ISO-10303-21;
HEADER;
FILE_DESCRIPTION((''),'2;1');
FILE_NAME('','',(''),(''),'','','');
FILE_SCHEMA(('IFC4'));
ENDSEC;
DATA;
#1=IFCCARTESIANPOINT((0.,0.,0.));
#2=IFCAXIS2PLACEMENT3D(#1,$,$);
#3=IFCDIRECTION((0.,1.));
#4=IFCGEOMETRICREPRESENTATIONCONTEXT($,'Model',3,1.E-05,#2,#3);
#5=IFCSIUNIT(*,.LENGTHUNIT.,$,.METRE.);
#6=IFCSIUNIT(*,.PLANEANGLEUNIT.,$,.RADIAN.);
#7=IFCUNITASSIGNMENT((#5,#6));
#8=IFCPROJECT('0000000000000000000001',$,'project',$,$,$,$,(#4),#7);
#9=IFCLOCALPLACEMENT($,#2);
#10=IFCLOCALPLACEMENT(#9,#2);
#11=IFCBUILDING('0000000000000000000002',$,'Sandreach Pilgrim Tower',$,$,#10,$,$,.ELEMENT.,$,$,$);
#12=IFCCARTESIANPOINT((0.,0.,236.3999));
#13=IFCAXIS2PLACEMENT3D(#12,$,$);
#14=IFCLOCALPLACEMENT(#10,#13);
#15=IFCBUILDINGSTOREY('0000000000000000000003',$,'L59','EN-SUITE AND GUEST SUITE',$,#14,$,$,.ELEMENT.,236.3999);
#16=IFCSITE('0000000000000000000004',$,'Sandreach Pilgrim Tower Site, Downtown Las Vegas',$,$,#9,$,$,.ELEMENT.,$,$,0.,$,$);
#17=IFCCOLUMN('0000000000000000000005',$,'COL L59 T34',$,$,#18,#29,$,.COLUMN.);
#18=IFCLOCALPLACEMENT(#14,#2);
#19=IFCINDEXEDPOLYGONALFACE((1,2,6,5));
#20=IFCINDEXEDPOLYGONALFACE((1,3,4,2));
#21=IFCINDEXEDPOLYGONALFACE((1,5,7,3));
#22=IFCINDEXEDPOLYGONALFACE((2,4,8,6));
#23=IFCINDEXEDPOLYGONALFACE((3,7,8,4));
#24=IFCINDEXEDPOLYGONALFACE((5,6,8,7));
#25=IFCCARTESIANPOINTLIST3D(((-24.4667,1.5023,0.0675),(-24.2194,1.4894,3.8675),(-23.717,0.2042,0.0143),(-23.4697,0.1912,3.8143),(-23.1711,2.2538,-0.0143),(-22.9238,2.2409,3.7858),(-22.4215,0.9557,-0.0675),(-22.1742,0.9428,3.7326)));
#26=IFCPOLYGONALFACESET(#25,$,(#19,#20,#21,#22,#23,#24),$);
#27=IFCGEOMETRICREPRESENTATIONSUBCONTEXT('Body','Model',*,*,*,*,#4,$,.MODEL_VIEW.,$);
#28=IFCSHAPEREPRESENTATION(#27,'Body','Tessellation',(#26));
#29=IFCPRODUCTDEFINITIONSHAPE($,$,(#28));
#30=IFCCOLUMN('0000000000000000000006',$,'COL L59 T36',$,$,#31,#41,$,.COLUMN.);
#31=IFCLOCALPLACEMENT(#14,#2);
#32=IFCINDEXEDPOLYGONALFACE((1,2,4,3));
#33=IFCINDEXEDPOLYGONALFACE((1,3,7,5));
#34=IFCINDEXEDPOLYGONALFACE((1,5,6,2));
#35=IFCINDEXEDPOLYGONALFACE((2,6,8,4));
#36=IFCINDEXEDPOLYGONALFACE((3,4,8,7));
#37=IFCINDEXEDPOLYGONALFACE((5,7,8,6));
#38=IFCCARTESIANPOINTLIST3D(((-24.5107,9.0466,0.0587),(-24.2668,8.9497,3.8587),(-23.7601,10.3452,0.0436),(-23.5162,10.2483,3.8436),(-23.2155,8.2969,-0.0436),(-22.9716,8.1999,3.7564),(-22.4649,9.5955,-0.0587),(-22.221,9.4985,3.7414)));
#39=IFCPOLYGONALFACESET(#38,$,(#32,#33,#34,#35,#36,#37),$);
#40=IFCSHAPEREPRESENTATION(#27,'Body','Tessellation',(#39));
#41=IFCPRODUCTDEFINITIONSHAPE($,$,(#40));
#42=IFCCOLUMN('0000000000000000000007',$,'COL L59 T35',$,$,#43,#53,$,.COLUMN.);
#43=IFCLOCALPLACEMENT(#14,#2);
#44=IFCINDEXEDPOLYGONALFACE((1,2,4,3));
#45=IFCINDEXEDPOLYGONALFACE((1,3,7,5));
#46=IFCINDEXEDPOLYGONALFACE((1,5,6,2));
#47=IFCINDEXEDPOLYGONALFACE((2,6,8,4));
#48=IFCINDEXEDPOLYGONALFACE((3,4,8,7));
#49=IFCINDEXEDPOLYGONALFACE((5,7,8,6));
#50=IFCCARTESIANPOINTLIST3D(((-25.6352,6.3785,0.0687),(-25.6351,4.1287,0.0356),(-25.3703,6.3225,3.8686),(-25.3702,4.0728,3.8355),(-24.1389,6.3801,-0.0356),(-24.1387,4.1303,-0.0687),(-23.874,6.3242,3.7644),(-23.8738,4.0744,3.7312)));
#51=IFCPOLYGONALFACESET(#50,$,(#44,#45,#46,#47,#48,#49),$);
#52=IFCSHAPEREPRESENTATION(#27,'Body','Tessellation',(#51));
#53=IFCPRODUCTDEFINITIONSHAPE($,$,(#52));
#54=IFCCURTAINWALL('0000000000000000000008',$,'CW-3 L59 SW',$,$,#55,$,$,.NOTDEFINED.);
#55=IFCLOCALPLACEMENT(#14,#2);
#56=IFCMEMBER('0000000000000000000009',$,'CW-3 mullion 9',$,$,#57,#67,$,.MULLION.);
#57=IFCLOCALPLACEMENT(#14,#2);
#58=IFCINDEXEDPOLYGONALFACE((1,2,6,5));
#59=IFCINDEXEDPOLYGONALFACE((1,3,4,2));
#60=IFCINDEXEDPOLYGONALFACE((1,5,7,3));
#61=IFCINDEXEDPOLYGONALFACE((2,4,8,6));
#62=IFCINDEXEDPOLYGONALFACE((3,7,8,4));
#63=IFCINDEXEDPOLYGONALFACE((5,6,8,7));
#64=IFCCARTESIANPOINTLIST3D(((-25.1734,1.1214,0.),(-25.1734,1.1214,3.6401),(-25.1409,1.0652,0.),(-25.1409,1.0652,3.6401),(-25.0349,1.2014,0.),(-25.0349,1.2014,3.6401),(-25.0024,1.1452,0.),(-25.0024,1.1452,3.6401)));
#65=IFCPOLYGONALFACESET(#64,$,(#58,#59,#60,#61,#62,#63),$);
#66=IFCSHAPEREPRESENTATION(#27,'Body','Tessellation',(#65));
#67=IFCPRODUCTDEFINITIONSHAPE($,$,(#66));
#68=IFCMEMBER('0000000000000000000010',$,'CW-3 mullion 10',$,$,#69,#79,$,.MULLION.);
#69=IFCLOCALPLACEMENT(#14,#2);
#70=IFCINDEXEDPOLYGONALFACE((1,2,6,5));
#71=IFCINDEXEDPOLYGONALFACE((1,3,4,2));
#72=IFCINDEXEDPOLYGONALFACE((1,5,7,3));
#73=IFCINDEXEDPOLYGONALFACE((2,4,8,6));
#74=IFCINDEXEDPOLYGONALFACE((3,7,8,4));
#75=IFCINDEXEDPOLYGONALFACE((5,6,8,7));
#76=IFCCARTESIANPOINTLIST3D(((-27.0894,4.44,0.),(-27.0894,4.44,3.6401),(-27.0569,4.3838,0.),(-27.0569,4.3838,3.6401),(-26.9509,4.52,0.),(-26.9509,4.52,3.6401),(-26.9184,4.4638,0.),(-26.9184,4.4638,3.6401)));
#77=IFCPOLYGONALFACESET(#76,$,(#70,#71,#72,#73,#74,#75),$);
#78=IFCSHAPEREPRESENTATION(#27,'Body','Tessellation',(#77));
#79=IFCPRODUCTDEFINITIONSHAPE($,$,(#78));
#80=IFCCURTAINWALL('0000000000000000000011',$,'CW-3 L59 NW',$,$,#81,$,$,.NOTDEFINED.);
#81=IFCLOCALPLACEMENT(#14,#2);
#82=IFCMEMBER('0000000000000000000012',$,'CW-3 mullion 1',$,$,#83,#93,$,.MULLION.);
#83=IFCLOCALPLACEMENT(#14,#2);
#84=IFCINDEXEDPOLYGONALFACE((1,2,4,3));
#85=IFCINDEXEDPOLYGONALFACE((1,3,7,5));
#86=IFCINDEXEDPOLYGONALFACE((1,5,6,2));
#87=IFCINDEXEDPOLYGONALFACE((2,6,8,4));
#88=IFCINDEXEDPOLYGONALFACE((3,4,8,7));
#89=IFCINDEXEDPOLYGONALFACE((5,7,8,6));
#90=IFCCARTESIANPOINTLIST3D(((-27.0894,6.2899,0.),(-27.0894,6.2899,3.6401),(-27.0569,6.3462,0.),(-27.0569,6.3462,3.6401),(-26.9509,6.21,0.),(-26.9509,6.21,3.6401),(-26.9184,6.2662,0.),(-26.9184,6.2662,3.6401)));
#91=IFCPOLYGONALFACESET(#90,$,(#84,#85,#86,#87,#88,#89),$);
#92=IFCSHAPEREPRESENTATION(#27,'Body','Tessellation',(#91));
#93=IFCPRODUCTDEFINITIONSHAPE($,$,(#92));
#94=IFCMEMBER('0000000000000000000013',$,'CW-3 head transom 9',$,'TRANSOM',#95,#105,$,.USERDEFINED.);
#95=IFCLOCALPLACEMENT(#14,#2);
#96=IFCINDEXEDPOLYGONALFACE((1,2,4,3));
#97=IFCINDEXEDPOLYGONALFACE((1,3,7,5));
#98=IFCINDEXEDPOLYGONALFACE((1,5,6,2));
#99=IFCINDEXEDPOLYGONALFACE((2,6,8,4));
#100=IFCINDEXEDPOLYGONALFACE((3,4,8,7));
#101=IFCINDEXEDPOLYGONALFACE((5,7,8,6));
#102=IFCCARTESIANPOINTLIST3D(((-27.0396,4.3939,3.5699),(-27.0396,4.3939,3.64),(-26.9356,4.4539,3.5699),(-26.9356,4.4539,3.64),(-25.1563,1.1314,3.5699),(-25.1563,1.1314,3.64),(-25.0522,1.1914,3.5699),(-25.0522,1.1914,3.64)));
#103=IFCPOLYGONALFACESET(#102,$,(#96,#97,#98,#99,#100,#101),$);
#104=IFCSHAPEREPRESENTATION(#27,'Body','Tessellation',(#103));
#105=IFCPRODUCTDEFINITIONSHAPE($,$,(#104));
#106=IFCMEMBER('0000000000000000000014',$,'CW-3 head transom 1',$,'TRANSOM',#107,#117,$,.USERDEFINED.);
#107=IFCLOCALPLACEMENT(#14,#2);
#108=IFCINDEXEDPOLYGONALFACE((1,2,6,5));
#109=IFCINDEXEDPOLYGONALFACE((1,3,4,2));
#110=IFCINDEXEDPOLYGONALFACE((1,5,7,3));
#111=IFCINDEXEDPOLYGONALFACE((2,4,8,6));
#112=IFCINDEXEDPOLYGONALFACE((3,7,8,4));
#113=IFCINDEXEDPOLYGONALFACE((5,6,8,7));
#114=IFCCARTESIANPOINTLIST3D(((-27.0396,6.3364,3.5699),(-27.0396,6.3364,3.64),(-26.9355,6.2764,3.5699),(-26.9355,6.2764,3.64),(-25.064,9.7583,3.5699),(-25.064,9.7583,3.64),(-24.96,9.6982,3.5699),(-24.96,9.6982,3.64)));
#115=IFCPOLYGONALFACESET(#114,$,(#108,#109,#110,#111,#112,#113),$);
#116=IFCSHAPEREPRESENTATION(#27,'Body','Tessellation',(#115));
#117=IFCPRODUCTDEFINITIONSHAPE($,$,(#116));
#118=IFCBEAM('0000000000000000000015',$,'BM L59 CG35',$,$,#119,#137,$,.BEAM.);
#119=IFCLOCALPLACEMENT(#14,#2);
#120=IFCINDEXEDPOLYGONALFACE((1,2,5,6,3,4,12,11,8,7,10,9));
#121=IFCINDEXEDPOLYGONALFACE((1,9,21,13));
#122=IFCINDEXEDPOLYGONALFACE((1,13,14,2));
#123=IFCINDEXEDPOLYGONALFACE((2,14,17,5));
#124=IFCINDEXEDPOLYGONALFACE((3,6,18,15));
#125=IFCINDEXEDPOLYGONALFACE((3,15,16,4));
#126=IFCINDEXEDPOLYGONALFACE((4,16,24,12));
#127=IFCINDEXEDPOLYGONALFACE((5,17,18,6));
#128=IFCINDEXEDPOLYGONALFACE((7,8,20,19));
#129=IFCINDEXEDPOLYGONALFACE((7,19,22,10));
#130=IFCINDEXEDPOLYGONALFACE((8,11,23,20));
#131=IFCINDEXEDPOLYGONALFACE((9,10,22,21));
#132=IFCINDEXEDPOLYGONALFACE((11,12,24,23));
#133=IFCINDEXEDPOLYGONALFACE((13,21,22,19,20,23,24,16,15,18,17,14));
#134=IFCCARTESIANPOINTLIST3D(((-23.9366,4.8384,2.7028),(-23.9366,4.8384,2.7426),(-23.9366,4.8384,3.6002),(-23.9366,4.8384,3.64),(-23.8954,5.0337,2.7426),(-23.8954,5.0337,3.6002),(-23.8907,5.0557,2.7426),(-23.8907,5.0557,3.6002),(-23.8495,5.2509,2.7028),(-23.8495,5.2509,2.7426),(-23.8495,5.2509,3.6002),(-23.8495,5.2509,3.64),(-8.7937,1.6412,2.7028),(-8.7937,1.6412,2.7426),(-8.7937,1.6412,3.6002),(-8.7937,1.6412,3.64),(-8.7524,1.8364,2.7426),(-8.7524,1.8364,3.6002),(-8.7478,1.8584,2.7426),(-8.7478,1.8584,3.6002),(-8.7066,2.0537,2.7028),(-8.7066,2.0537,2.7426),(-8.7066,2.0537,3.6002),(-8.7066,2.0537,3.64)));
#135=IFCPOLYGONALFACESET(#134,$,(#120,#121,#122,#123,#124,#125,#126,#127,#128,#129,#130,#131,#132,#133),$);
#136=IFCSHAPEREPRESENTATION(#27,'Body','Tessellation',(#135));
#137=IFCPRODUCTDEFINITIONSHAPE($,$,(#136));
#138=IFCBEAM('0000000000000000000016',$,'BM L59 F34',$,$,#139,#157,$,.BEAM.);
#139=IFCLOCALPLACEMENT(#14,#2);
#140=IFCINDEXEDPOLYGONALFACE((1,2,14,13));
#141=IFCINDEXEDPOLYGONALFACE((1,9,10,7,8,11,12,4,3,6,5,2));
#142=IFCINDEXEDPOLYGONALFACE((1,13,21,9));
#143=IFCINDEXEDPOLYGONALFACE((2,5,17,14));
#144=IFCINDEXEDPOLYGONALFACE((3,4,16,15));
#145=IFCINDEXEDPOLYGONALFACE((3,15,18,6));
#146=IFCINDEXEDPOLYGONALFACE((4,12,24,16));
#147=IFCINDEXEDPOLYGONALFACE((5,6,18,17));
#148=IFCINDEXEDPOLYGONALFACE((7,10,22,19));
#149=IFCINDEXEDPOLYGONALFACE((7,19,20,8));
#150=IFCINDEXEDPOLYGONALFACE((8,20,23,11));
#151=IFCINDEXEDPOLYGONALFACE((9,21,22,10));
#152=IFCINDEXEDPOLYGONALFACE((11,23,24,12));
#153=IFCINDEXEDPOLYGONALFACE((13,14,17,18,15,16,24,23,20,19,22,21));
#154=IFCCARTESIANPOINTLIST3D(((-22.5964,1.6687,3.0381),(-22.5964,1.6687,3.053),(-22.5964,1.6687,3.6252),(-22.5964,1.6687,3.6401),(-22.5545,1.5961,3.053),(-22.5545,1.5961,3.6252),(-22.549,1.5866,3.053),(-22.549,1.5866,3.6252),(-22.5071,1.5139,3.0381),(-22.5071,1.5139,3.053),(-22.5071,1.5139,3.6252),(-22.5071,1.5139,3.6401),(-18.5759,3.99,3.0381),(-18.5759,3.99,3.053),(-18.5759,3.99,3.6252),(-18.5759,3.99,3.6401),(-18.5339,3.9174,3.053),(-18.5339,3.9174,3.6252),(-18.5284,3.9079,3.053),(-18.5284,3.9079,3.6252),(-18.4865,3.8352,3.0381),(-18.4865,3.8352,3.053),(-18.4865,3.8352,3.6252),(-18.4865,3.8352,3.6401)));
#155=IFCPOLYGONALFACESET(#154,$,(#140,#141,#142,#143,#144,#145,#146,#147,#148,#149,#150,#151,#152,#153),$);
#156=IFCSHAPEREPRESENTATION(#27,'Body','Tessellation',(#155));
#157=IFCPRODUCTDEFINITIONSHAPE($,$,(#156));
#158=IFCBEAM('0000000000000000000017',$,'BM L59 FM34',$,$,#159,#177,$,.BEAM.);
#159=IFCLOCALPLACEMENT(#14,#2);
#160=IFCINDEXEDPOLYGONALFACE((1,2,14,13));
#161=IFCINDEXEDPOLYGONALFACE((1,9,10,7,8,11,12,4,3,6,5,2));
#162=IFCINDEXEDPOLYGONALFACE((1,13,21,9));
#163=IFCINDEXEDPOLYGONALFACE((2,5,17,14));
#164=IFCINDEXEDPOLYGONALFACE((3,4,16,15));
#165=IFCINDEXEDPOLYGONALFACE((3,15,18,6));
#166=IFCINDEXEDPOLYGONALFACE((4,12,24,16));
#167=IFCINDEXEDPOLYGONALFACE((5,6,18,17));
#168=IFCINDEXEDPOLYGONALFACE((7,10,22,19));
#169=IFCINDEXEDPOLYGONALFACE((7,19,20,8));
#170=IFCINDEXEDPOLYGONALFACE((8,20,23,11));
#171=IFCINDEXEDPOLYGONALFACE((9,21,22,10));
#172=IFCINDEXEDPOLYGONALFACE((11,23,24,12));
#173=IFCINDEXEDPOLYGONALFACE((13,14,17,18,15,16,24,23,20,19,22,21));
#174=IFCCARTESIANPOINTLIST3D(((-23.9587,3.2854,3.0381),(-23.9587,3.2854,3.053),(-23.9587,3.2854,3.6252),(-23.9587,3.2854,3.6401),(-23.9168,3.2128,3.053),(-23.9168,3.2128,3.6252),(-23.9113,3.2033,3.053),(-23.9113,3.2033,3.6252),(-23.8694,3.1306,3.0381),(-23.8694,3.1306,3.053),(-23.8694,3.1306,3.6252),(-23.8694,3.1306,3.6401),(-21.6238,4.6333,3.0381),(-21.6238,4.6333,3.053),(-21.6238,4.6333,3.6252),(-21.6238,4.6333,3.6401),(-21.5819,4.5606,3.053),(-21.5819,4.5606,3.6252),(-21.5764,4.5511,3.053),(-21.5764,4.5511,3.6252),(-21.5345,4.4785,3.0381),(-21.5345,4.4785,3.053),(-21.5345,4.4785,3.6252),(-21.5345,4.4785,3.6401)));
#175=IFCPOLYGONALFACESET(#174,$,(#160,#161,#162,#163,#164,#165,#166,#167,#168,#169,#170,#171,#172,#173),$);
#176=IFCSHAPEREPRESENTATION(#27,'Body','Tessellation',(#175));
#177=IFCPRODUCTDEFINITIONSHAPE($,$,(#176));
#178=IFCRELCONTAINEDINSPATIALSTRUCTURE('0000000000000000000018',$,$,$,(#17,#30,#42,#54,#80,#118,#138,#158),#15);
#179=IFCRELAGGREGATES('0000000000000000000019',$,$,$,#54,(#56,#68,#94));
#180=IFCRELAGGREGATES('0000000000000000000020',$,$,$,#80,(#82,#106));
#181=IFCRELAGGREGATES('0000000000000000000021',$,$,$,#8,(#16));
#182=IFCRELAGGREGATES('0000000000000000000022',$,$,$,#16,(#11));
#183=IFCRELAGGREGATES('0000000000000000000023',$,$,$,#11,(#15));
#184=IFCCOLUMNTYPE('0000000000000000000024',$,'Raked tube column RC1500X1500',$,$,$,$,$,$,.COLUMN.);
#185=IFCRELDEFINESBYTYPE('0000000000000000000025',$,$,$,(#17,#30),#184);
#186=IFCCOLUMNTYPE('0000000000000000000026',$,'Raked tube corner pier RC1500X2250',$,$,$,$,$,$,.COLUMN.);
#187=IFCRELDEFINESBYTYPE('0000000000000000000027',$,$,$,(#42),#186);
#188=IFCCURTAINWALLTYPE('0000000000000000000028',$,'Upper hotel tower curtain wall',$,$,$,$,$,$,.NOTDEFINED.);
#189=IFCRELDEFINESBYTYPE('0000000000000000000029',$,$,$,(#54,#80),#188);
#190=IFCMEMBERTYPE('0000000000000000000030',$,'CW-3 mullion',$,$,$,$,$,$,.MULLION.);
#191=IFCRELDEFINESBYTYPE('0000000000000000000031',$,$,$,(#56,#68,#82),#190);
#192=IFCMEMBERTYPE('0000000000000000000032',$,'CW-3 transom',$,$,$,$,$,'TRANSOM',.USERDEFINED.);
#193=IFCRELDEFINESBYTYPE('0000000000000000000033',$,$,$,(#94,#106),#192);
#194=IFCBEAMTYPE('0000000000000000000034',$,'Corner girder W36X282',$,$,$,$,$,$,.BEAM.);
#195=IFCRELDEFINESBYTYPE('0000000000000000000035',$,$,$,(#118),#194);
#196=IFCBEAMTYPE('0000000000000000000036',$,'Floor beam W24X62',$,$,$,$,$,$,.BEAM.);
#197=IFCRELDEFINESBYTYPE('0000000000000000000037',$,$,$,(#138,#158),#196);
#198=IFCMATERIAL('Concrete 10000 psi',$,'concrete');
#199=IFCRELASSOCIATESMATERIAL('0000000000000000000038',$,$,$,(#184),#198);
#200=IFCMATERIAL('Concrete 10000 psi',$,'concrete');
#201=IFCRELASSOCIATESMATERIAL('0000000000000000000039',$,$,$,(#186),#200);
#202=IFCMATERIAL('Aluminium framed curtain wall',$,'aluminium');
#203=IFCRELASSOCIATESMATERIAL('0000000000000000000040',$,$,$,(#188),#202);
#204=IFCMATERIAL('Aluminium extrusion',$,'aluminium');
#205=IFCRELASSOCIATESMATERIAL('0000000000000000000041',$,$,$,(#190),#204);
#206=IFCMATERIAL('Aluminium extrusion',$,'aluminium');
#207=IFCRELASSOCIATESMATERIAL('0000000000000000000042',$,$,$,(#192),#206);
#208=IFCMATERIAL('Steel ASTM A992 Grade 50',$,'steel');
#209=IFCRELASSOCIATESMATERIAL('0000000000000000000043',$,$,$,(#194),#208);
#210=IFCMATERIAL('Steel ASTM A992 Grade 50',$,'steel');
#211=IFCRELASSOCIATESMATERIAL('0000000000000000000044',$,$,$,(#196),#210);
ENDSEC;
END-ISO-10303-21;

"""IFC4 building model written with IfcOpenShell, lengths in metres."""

from ifc_helpers import new_model, si_unit, direction, frame, origin, origin_2d, place, context, subcontext, project, spatial, rectangle, i_section, extrude, material, material_profile, profile_set, type_object, element, aggregate, save


model = new_model("IFC4")

# Units and contexts
model_context = context("Model", 3, precision=1e-05, world=origin(), true_north=direction((0.0, 1.0)))
body_context = subcontext(model_context, "Body", "Model", "MODEL_VIEW")
ifc_project = project(units=[si_unit("LENGTHUNIT", "METRE"), si_unit("PLANEANGLEUNIT", "RADIAN")], contexts=[model_context])

# Site, building, storey
site_placement = place(None, origin())
site = spatial("IfcSite", under=ifc_project, at=site_placement, Name="Sandreach Pilgrim Tower Site, Downtown Las Vegas", CompositionType="ELEMENT", RefElevation=0.0)
building_placement = place(site_placement, origin())
building = spatial("IfcBuilding", under=site, at=building_placement, Name="Sandreach Pilgrim Tower", CompositionType="ELEMENT")
storey_placement = place(building_placement, frame((0.0, 0.0, 236.3999)))
storey = spatial("IfcBuildingStorey", under=building, at=storey_placement, Name="L59", Description="EN-SUITE AND GUEST SUITE", CompositionType="ELEMENT", Elevation=236.3999)

# Columns
ifc_material_1 = material(Name="Concrete 10000 psi", Category="concrete")
ifc_material_profile_1 = material_profile(ifc_material_1, rectangle(XDim=1.5, YDim=1.5, at=origin_2d()), Name="RC1500X1500")
ifc_profile_set_1 = profile_set([ifc_material_profile_1], Name="Concrete 10000 psi")
column_type_1 = type_object("IfcColumnType", Name="Raked tube column RC1500X1500", PredefinedType="COLUMN", material=ifc_profile_set_1)
column_1_placement = place(storey_placement, frame((-23.4441, 1.229, 0.0), z_axis=(0.064944, -0.003398, 0.997883), x_axis=(-0.863717, -0.50102, 0.054506)))
element("IfcColumn", 1, at=column_1_placement, inside=storey, type_object=column_type_1, Name="COL L59 T34", PredefinedType="COLUMN", context=body_context, shape_type="SweptSolid", body=[
    extrude(rectangle(XDim=1.5, YDim=1.5, at=origin_2d()), origin(), (0.0, 0.0, 1.0), 3.8081),
])
column_2_placement = place(storey_placement, frame((-23.4878, 9.321, 0.0), z_axis=(0.06403, -0.025445, 0.997624), x_axis=(-0.86343, 0.499842, 0.068166)))
element("IfcColumn", 2, at=column_2_placement, inside=storey, type_object=column_type_1, Name="COL L59 T36", PredefinedType="COLUMN", context=body_context, shape_type="SweptSolid", body=[
    extrude(rectangle(XDim=1.5, YDim=1.5, at=origin_2d()), origin(), (0.0, 0.0, 1.0), 3.8091),
])
ifc_material_2 = material(Name="Concrete 10000 psi", Category="concrete")
ifc_material_profile_2 = material_profile(ifc_material_2, rectangle(XDim=1.5, YDim=2.25, at=origin_2d()), Name="RC1500X2250")
ifc_profile_set_2 = profile_set([ifc_material_profile_2], Name="Concrete 10000 psi")
column_type_2 = type_object("IfcColumnType", Name="Raked tube corner pier RC1500X2250", PredefinedType="COLUMN", material=ifc_profile_set_2)
column_3_placement = place(storey_placement, frame((-24.887, 5.2544, 0.0), z_axis=(0.069531, -0.014675, 0.997472), x_axis=(-0.99758, -0.001093, 0.069523)))
element("IfcColumn", 3, at=column_3_placement, inside=storey, type_object=column_type_2, Name="COL L59 T35", PredefinedType="COLUMN", context=body_context, shape_type="SweptSolid", body=[
    extrude(rectangle(XDim=1.5, YDim=2.25, at=origin_2d()), origin(), (0.0, 0.0, 1.0), 3.8096),
])

# Curtain wall, members
ifc_material_3 = material(Name="Aluminium framed curtain wall", Category="aluminium")
curtain_wall_type = type_object("IfcCurtainWallType", Name="Upper hotel tower curtain wall", PredefinedType="NOTDEFINED", material=ifc_material_3)
curtain_wall_1_placement = place(storey_placement, origin())
curtain_wall_1 = element("IfcCurtainWall", 4, at=curtain_wall_1_placement, inside=storey, type_object=curtain_wall_type, Name="CW-3 L59 SW", PredefinedType="NOTDEFINED")
ifc_material_4 = material(Name="Aluminium extrusion", Category="aluminium")
ifc_material_profile_3 = material_profile(ifc_material_4, rectangle(XDim=0.0649, YDim=0.1599, at=origin_2d()), Name="CW-3M 65X160")
ifc_profile_set_3 = profile_set([ifc_material_profile_3], Name="Aluminium extrusion")
member_type_1 = type_object("IfcMemberType", Name="CW-3 mullion", PredefinedType="MULLION", material=ifc_profile_set_3)
member_1_placement = place(storey_placement, frame((-25.0879, 1.1333, 0.0), z_axis=(0.0, 0.0, 1.0), x_axis=(-0.5, 0.866025, 0.0)))
member_1 = element("IfcMember", 5, at=member_1_placement, type_object=member_type_1, Name="CW-3 mullion 9", PredefinedType="MULLION", context=body_context, shape_type="SweptSolid", body=[
    extrude(rectangle(XDim=0.0649, YDim=0.1599, at=origin_2d()), origin(), (0.0, 0.0, 1.0), 3.6401),
])
member_2_placement = place(storey_placement, frame((-27.0039, 4.4519, 0.0), z_axis=(0.0, 0.0, 1.0), x_axis=(-0.5, 0.866025, 0.0)))
member_2 = element("IfcMember", 6, at=member_2_placement, type_object=member_type_1, Name="CW-3 mullion 10", PredefinedType="MULLION", context=body_context, shape_type="SweptSolid", body=[
    extrude(rectangle(XDim=0.0649, YDim=0.1599, at=origin_2d()), origin(), (0.0, 0.0, 1.0), 3.6401),
])

# Curtain wall, member
curtain_wall_2_placement = place(storey_placement, origin())
curtain_wall_2 = element("IfcCurtainWall", 7, at=curtain_wall_2_placement, inside=storey, type_object=curtain_wall_type, Name="CW-3 L59 NW", PredefinedType="NOTDEFINED")
member_3_placement = place(storey_placement, frame((-27.0039, 6.2781, 0.0), z_axis=(0.0, 0.0, 1.0), x_axis=(0.5, 0.866025, 0.0)))
member_3 = element("IfcMember", 8, at=member_3_placement, type_object=member_type_1, Name="CW-3 mullion 1", PredefinedType="MULLION", context=body_context, shape_type="SweptSolid", body=[
    extrude(rectangle(XDim=0.0649, YDim=0.1599, at=origin_2d()), origin(), (0.0, 0.0, 1.0), 3.6401),
])

# Members
ifc_material_5 = material(Name="Aluminium extrusion", Category="aluminium")
ifc_material_profile_4 = material_profile(ifc_material_5, rectangle(XDim=0.1201, YDim=0.0701, at=origin_2d()), Name="CW-3T 120X70")
ifc_profile_set_4 = profile_set([ifc_material_profile_4], Name="Aluminium extrusion")
member_type_2 = type_object("IfcMemberType", Name="CW-3 transom", ElementType="TRANSOM", PredefinedType="USERDEFINED", material=ifc_profile_set_4)
member_4_placement = place(storey_placement, frame((-25.1042, 1.1614, 3.605), z_axis=(-0.499945, 0.866057, 0.0), x_axis=(-0.866057, -0.499945, 0.0)))
member_4 = element("IfcMember", 9, at=member_4_placement, type_object=member_type_2, Name="CW-3 head transom 9", ObjectType="TRANSOM", PredefinedType="USERDEFINED", context=body_context, shape_type="SweptSolid", body=[
    extrude(rectangle(XDim=0.1201, YDim=0.0701, at=origin_2d()), origin(), (0.0, 0.0, 1.0), 3.7671),
])
member_5_placement = place(storey_placement, frame((-26.9875, 6.3064, 3.605), z_axis=(0.499993, 0.866029, 0.0), x_axis=(-0.866029, 0.499993, 0.0)))
member_5 = element("IfcMember", 10, at=member_5_placement, type_object=member_type_2, Name="CW-3 head transom 1", ObjectType="TRANSOM", PredefinedType="USERDEFINED", context=body_context, shape_type="SweptSolid", body=[
    extrude(rectangle(XDim=0.1201, YDim=0.0701, at=origin_2d()), origin(), (0.0, 0.0, 1.0), 3.9512),
])

# Beams
ifc_material_6 = material(Name="Steel ASTM A992 Grade 50", Category="steel")
ifc_material_profile_5 = material_profile(ifc_material_6, i_section(OverallWidth=0.4216, OverallDepth=0.9373, WebThickness=0.0225, FlangeThickness=0.0398, at=origin_2d()), Name="W36X282")
ifc_profile_set_5 = profile_set([ifc_material_profile_5], Name="Steel ASTM A992 Grade 50")
beam_type_1 = type_object("IfcBeamType", Name="Corner girder W36X282", PredefinedType="BEAM", material=ifc_profile_set_5)
beam_1_placement = place(storey_placement, frame((-23.8931, 5.0447, 3.1714), z_axis=(0.978429, -0.206583, 0.0), x_axis=(0.206583, 0.978429, 0.0)))
element("IfcBeam", 11, at=beam_1_placement, inside=storey, type_object=beam_type_1, Name="BM L59 CG35", PredefinedType="BEAM", context=body_context, shape_type="SweptSolid", body=[
    extrude(i_section(OverallWidth=0.4216, OverallDepth=0.9373, WebThickness=0.0225, FlangeThickness=0.0398, at=origin_2d()), origin(), (0.0, 0.0, 1.0), 15.4768),
])
ifc_material_7 = material(Name="Steel ASTM A992 Grade 50", Category="steel")
ifc_material_profile_6 = material_profile(ifc_material_7, i_section(OverallWidth=0.1787, OverallDepth=0.6021, WebThickness=0.011, FlangeThickness=0.0149, at=origin_2d()), Name="W24X62")
ifc_profile_set_6 = profile_set([ifc_material_profile_6], Name="Steel ASTM A992 Grade 50")
beam_type_2 = type_object("IfcBeamType", Name="Floor beam W24X62", PredefinedType="BEAM", material=ifc_profile_set_6)
beam_2_placement = place(storey_placement, frame((-22.5518, 1.5913, 3.3391), z_axis=(0.866021, 0.500008, 0.0), x_axis=(-0.500008, 0.866021, 0.0)))
element("IfcBeam", 12, at=beam_2_placement, inside=storey, type_object=beam_type_2, Name="BM L59 F34", PredefinedType="BEAM", context=body_context, shape_type="SweptSolid", body=[
    extrude(i_section(OverallWidth=0.1787, OverallDepth=0.6021, WebThickness=0.011, FlangeThickness=0.0149, at=origin_2d()), origin(), (0.0, 0.0, 1.0), 4.6426),
])
beam_3_placement = place(storey_placement, frame((-23.9141, 3.208, 3.3391), z_axis=(0.866056, 0.499947, 0.0), x_axis=(-0.499947, 0.866056, 0.0)))
element("IfcBeam", 13, at=beam_3_placement, inside=storey, type_object=beam_type_2, Name="BM L59 FM34", PredefinedType="BEAM", context=body_context, shape_type="SweptSolid", body=[
    extrude(i_section(OverallWidth=0.1787, OverallDepth=0.6021, WebThickness=0.011, FlangeThickness=0.0149, at=origin_2d()), origin(), (0.0, 0.0, 1.0), 2.696),
])

aggregate(curtain_wall_1, [member_1, member_2, member_4])
aggregate(curtain_wall_2, [member_3, member_5])

save(model, "model.ifc")
